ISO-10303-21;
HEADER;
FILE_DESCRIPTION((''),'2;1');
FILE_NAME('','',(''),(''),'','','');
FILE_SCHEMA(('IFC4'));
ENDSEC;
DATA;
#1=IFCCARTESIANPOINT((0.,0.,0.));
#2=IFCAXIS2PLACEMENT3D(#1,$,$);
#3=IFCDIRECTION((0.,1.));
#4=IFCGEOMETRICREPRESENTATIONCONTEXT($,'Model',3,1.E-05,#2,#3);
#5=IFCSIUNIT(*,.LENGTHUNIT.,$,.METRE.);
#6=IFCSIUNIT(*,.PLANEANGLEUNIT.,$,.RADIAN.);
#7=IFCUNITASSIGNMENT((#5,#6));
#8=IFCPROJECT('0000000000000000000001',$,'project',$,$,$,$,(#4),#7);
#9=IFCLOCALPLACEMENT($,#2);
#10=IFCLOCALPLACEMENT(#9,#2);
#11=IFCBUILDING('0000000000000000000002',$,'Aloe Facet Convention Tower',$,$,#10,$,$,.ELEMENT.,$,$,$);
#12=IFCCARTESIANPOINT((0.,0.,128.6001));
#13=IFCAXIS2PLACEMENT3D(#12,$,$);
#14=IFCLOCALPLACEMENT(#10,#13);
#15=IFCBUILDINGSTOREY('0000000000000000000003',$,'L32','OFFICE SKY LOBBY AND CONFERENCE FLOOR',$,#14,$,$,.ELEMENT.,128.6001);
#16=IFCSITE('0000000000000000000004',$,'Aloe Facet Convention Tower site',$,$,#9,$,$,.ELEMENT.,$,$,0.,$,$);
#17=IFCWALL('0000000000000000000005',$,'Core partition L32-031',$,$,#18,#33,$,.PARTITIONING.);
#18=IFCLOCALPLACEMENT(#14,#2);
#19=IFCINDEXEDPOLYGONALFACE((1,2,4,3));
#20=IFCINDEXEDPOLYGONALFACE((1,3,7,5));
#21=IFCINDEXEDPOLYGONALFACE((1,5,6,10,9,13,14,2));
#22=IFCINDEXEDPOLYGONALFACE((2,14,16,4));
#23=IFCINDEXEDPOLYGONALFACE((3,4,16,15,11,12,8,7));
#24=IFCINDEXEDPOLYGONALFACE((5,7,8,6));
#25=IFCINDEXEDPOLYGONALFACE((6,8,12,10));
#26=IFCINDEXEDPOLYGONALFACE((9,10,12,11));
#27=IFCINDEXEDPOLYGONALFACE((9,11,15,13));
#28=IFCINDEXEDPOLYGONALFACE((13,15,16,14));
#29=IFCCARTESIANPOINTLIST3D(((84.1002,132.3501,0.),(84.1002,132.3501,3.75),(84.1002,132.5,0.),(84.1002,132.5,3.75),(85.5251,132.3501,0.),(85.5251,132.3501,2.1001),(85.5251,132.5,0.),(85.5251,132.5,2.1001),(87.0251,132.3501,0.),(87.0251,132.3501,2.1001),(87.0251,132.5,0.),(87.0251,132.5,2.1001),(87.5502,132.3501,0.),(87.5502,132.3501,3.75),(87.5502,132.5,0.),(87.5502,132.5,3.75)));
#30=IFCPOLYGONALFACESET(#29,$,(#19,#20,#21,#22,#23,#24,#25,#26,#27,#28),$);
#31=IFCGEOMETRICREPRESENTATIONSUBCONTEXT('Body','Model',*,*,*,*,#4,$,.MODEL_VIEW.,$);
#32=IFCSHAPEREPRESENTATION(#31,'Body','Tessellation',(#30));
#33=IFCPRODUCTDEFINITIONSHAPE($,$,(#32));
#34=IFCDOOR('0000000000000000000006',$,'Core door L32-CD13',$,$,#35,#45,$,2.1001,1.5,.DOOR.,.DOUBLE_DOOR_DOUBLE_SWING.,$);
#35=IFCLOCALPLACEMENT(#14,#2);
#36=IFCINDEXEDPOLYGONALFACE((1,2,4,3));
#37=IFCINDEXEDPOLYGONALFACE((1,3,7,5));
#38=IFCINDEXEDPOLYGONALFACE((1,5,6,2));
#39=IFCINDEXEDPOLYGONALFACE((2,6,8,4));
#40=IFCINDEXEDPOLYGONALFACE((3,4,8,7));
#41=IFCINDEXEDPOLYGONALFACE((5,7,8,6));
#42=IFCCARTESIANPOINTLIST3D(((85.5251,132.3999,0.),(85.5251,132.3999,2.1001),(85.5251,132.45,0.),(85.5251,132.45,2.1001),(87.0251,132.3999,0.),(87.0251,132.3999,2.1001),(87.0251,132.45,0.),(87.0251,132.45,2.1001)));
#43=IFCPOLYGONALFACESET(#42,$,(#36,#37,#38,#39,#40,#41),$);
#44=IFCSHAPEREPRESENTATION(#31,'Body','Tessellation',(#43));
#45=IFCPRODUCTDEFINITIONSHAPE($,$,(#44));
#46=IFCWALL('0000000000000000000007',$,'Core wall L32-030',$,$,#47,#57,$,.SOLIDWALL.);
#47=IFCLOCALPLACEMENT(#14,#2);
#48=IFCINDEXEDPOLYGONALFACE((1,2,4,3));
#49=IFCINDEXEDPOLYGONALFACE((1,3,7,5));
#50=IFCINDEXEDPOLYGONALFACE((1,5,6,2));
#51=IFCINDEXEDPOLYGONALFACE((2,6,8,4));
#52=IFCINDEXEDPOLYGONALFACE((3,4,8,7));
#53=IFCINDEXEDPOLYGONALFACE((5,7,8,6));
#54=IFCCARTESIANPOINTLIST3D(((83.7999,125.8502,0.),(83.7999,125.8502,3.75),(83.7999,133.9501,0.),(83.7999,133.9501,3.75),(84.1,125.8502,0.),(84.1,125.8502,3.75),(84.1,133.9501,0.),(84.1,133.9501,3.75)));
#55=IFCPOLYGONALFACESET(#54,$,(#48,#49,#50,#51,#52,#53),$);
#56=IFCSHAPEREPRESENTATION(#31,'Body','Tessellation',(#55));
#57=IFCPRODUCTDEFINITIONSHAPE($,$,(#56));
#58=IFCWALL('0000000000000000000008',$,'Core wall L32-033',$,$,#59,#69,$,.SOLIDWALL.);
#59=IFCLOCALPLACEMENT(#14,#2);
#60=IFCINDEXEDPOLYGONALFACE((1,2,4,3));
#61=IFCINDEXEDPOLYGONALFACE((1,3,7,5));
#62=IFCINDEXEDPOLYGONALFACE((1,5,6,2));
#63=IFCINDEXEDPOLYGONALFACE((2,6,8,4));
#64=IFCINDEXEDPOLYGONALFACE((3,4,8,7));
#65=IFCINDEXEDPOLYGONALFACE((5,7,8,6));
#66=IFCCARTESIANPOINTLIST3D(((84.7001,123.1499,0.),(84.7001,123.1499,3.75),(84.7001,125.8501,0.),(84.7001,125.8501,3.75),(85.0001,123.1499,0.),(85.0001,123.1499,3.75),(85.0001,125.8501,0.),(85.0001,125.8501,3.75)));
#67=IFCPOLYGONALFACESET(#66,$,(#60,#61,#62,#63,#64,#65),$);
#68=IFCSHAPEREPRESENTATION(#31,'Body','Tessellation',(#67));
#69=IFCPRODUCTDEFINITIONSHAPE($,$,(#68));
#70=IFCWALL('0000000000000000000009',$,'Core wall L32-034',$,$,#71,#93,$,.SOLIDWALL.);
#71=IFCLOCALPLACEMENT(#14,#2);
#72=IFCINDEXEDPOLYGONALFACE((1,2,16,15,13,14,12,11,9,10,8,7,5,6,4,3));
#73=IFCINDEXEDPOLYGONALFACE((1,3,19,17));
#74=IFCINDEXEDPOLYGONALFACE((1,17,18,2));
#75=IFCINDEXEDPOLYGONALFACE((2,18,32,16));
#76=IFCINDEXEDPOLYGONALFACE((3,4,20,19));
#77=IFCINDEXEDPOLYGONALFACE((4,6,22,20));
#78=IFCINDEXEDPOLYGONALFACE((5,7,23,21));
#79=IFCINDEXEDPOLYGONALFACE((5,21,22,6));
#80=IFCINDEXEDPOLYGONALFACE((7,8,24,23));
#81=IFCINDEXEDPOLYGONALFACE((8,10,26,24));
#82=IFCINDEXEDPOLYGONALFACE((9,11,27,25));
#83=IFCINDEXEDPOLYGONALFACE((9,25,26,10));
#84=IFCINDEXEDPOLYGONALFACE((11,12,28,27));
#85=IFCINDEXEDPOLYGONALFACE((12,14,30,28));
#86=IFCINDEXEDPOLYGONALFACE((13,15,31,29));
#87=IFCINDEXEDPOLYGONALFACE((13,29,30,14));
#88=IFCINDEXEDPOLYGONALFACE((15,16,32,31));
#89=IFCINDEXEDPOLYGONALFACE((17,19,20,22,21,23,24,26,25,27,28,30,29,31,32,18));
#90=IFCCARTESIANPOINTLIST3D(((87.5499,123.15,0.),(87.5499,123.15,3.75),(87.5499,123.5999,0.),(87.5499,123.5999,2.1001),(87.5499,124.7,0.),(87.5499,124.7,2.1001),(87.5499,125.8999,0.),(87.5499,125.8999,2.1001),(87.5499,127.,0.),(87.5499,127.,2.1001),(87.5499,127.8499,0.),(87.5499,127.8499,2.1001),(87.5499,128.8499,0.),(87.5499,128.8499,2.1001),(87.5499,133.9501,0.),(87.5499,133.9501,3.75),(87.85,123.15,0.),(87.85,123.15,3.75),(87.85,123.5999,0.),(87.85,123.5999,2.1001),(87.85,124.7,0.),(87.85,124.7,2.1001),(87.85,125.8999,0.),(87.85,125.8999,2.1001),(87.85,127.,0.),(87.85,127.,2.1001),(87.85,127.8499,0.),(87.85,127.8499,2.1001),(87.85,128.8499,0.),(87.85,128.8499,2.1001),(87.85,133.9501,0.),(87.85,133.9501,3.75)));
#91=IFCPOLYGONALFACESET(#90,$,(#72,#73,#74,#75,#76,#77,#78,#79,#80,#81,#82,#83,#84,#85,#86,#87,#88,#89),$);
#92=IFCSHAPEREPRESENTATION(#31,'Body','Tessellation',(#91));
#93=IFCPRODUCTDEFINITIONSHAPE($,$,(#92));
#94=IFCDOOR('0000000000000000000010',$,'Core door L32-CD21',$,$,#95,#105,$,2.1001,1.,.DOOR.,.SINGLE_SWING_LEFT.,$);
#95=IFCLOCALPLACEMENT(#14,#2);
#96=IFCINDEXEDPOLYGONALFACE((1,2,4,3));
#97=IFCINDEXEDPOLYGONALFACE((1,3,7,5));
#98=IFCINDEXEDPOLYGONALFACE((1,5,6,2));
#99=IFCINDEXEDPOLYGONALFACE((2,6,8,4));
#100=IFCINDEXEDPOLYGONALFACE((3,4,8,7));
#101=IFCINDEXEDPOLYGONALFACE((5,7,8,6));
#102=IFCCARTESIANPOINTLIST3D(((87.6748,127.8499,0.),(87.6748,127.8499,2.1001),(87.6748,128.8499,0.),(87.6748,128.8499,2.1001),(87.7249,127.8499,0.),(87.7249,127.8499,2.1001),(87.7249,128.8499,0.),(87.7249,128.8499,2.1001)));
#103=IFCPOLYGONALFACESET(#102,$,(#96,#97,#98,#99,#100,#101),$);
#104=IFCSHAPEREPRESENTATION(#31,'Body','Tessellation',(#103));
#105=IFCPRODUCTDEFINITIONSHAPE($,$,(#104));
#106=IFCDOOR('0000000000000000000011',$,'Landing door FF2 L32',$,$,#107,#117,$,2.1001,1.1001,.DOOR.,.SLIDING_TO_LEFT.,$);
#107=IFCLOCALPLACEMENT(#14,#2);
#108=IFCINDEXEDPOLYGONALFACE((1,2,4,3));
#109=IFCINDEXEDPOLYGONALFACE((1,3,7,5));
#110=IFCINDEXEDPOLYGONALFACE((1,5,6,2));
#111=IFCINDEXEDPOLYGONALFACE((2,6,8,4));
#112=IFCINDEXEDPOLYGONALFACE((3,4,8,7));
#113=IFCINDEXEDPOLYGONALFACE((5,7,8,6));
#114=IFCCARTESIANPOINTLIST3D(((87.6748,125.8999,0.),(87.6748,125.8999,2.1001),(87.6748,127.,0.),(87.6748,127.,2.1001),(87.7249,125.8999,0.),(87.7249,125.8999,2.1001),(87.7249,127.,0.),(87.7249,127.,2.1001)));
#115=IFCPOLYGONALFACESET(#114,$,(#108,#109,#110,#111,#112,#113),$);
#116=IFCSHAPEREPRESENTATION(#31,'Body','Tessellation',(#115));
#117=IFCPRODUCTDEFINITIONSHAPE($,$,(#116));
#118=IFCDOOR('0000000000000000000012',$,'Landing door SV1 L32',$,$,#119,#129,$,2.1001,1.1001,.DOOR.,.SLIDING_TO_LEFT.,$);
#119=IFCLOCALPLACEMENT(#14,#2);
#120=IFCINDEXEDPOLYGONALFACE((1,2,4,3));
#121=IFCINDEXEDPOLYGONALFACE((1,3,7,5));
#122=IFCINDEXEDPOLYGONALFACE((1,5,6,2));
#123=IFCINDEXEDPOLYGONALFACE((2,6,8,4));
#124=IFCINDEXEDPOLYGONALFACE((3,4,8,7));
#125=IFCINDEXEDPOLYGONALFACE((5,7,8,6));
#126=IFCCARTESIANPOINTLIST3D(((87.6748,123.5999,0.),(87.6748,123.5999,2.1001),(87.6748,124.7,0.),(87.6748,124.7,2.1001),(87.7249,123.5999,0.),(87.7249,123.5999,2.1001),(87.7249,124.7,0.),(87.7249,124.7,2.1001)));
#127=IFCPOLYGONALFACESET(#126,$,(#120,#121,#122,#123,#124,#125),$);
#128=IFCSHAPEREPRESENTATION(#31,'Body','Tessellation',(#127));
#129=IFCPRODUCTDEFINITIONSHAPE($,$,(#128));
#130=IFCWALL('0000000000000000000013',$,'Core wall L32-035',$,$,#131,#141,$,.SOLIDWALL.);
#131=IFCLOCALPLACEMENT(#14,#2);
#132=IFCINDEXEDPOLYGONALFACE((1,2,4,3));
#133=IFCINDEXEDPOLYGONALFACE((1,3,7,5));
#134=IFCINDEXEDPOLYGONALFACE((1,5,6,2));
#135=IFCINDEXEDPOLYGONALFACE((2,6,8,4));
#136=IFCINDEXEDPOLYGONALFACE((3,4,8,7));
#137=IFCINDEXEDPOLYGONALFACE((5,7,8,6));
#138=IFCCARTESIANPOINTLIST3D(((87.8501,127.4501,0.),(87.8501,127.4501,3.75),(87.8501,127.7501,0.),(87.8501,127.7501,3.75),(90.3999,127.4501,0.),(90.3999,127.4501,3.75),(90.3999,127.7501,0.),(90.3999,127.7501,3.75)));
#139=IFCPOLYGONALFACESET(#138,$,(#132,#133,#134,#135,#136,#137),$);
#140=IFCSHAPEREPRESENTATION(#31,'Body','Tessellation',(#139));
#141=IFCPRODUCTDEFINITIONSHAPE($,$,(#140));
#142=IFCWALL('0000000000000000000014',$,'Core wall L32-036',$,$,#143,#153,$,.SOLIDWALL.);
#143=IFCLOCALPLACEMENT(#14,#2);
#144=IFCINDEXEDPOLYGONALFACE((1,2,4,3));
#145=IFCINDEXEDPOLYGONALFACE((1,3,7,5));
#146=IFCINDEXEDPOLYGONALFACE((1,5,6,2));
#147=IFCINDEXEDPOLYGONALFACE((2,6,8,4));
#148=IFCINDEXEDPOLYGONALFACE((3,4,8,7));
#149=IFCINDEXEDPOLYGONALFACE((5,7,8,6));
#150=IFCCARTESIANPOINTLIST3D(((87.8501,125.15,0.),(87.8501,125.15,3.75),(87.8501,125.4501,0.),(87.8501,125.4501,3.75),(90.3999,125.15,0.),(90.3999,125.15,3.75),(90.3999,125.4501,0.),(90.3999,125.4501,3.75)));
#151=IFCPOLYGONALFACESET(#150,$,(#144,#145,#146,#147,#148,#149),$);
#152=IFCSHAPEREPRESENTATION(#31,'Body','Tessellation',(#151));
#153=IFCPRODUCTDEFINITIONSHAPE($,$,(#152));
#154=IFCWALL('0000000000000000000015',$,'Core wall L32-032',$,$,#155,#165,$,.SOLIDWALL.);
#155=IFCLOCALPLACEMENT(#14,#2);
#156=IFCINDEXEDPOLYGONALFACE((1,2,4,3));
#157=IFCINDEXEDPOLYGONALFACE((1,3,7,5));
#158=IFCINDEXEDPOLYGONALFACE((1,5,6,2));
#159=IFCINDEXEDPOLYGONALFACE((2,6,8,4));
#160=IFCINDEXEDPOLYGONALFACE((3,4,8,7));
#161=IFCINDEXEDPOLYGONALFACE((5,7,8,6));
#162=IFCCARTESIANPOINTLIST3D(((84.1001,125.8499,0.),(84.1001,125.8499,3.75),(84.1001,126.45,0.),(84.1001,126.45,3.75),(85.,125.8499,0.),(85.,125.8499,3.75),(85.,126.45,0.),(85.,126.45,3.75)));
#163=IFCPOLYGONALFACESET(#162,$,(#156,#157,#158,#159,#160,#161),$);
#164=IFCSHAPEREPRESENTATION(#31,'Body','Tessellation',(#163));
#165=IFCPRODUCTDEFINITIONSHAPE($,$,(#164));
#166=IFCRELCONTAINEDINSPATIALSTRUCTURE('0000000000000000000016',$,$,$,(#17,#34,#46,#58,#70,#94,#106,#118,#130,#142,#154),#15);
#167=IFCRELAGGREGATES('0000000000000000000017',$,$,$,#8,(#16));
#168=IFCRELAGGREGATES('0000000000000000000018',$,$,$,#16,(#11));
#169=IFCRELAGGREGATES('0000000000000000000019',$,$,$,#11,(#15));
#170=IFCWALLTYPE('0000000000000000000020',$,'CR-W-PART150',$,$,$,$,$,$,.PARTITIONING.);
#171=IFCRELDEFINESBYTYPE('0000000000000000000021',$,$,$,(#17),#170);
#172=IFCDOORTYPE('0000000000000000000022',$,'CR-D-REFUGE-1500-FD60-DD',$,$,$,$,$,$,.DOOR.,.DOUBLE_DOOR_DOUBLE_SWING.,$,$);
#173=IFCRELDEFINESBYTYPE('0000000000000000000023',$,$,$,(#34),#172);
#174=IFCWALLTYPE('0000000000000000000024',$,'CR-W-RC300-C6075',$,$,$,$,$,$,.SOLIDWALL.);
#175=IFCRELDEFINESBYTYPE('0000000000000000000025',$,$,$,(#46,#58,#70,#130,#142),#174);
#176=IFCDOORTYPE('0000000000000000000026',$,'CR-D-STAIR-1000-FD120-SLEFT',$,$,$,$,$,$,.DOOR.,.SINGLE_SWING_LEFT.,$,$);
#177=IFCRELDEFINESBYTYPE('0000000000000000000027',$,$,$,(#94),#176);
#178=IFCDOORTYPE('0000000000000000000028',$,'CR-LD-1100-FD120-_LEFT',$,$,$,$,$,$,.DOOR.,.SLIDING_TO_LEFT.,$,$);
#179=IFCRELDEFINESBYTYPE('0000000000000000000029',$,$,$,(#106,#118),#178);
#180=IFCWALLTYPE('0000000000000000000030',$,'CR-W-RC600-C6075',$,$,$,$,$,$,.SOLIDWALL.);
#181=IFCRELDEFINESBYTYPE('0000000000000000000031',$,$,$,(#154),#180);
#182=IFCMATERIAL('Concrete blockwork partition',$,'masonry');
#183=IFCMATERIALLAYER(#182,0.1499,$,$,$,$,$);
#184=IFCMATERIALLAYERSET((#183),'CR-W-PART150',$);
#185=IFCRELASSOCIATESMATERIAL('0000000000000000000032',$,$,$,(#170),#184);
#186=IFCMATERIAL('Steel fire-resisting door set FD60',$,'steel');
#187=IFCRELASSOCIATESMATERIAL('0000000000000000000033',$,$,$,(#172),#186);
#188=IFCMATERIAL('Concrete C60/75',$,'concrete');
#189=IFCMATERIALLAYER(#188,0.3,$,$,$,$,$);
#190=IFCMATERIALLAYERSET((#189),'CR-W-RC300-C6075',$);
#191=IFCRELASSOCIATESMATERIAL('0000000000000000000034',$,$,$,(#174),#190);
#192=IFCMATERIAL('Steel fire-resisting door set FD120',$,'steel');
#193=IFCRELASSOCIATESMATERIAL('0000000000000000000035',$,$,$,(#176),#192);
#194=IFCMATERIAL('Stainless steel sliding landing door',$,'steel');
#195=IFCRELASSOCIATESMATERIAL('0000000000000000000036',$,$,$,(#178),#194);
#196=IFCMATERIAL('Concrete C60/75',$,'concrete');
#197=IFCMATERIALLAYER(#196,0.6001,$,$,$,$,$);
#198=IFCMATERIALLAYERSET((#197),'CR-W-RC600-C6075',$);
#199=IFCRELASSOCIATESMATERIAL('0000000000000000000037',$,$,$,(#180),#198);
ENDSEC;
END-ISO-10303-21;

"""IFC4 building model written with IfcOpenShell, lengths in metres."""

from ifc_helpers import new_model, si_unit, direction, frame, frame_2d, origin, place, context, subcontext, project, spatial, rectangle, extrude, material, layer, layer_set, type_object, element, fill, save


model = new_model("IFC4")

# Units and contexts
model_context = context("Model", 3, precision=1e-05, world=origin(), true_north=direction((0.0, 1.0)))
body_context = subcontext(model_context, "Body", "Model", "MODEL_VIEW")
ifc_project = project(units=[si_unit("LENGTHUNIT", "METRE"), si_unit("PLANEANGLEUNIT", "RADIAN")], contexts=[model_context])

# Site, building, storey
site_placement = place(None, origin())
site = spatial("IfcSite", under=ifc_project, at=site_placement, Name="Aloe Facet Convention Tower site", CompositionType="ELEMENT", RefElevation=0.0)
building_placement = place(site_placement, origin())
building = spatial("IfcBuilding", under=site, at=building_placement, Name="Aloe Facet Convention Tower", CompositionType="ELEMENT")
storey_placement = place(building_placement, frame((0.0, 0.0, 128.6001)))
storey = spatial("IfcBuildingStorey", under=building, at=storey_placement, Name="L32", Description="OFFICE SKY LOBBY AND CONFERENCE FLOOR", CompositionType="ELEMENT", Elevation=128.6001)

# Wall, opening, door
ifc_material_1 = material(Name="Concrete blockwork partition", Category="masonry")
ifc_layer_1 = layer(ifc_material_1, 0.1499)
ifc_layer_set_1 = layer_set([ifc_layer_1], Name="CR-W-PART150")
wall_type_1 = type_object("IfcWallType", Name="CR-W-PART150", PredefinedType="PARTITIONING", material=ifc_layer_set_1)
wall_1_placement = place(storey_placement, frame((84.1001, 132.425, 0.0), z_axis=(0.0, 0.0, 1.0), x_axis=(1.0, 0.0, 0.0)))
wall_1 = element("IfcWall", 1, at=wall_1_placement, inside=storey, type_object=wall_type_1, Name="Core partition L32-031", PredefinedType="PARTITIONING", context=body_context, shape_type="SweptSolid", body=[
    extrude(rectangle(XDim=3.45, YDim=0.1499, at=frame_2d((1.7251, 0.0))), origin(), (0.0, 0.0, 1.0), 3.75),
])
opening_1_placement = place(wall_1_placement, frame((1.425, 0.0, 0.0)))
opening_1 = element("IfcOpeningElement", 2, at=opening_1_placement, cuts=wall_1, PredefinedType="OPENING", context=body_context, shape_type="SweptSolid", body=[
    extrude(rectangle(XDim=1.5, YDim=2.1001, at=frame_2d((0.75, 1.05))), frame((0.0, 0.085, 0.0), z_axis=(0.0, -1.0, 0.0), x_axis=(1.0, 0.0, 0.0)), (0.0, 0.0, 1.0), 0.1699),
])
ifc_material_2 = material(Name="Steel fire-resisting door set FD60", Category="steel")
door_type_1 = type_object("IfcDoorType", Name="CR-D-REFUGE-1500-FD60-DD", OperationType="DOUBLE_DOOR_DOUBLE_SWING", PredefinedType="DOOR", material=ifc_material_2)
door_1_placement = place(opening_1_placement, origin())
door_1 = element("IfcDoor", 3, at=door_1_placement, inside=storey, type_object=door_type_1, Name="Core door L32-CD13", OperationType="DOUBLE_DOOR_DOUBLE_SWING", OverallHeight=2.1001, OverallWidth=1.5, PredefinedType="DOOR", context=body_context, shape_type="SweptSolid", body=[
    extrude(rectangle(XDim=1.5, YDim=2.1001, at=frame_2d((0.75, 1.05))), frame((0.0, 0.0249, 0.0), z_axis=(0.0, -1.0, 0.0), x_axis=(1.0, 0.0, 0.0)), (0.0, 0.0, 1.0), 0.05),
])
fill(opening_1, door_1)

# Walls
ifc_material_3 = material(Name="Concrete C60/75", Category="concrete")
ifc_layer_2 = layer(ifc_material_3, 0.3)
ifc_layer_set_2 = layer_set([ifc_layer_2], Name="CR-W-RC300-C6075")
wall_type_2 = type_object("IfcWallType", Name="CR-W-RC300-C6075", PredefinedType="SOLIDWALL", material=ifc_layer_set_2)
wall_2_placement = place(storey_placement, frame((83.95, 133.95, 0.0), z_axis=(0.0, 0.0, 1.0), x_axis=(0.0, -1.0, 0.0)))
element("IfcWall", 4, at=wall_2_placement, inside=storey, type_object=wall_type_2, Name="Core wall L32-030", PredefinedType="SOLIDWALL", context=body_context, shape_type="SweptSolid", body=[
    extrude(rectangle(XDim=8.0999, YDim=0.3, at=frame_2d((4.0498, 0.0))), origin(), (0.0, 0.0, 1.0), 3.75),
])
wall_3_placement = place(storey_placement, frame((84.8501, 125.8501, 0.0), z_axis=(0.0, 0.0, 1.0), x_axis=(0.0, -1.0, 0.0)))
element("IfcWall", 5, at=wall_3_placement, inside=storey, type_object=wall_type_2, Name="Core wall L32-033", PredefinedType="SOLIDWALL", context=body_context, shape_type="SweptSolid", body=[
    extrude(rectangle(XDim=2.7002, YDim=0.3, at=frame_2d((1.3501, 0.0))), origin(), (0.0, 0.0, 1.0), 3.75),
])

# Wall, openings, doors
wall_4_placement = place(storey_placement, frame((87.7, 133.95, 0.0), z_axis=(0.0, 0.0, 1.0), x_axis=(0.0, -1.0, 0.0)))
wall_4 = element("IfcWall", 6, at=wall_4_placement, inside=storey, type_object=wall_type_2, Name="Core wall L32-034", PredefinedType="SOLIDWALL", context=body_context, shape_type="SweptSolid", body=[
    extrude(rectangle(XDim=10.8, YDim=0.3, at=frame_2d((5.3999, 0.0))), origin(), (0.0, 0.0, 1.0), 3.75),
])
opening_2_placement = place(wall_4_placement, frame((6.95, 0.0, 0.0)))
opening_2 = element("IfcOpeningElement", 7, at=opening_2_placement, cuts=wall_4, PredefinedType="OPENING", context=body_context, shape_type="SweptSolid", body=[
    extrude(rectangle(XDim=1.1001, YDim=2.1001, at=frame_2d((0.55, 1.05))), frame((0.0, 0.1602, 0.0), z_axis=(0.0, -1.0, 0.0), x_axis=(1.0, 0.0, 0.0)), (0.0, 0.0, 1.0), 0.3201),
])
opening_3_placement = place(wall_4_placement, frame((5.1001, 0.0, 0.0)))
opening_3 = element("IfcOpeningElement", 8, at=opening_3_placement, cuts=wall_4, PredefinedType="OPENING", context=body_context, shape_type="SweptSolid", body=[
    extrude(rectangle(XDim=1.0, YDim=2.1001, at=frame_2d((0.5, 1.05))), frame((0.0, 0.1602, 0.0), z_axis=(0.0, -1.0, 0.0), x_axis=(1.0, 0.0, 0.0)), (0.0, 0.0, 1.0), 0.3201),
])
opening_4_placement = place(wall_4_placement, frame((9.25, 0.0, 0.0)))
opening_4 = element("IfcOpeningElement", 9, at=opening_4_placement, cuts=wall_4, PredefinedType="OPENING", context=body_context, shape_type="SweptSolid", body=[
    extrude(rectangle(XDim=1.1001, YDim=2.1001, at=frame_2d((0.55, 1.05))), frame((0.0, 0.1602, 0.0), z_axis=(0.0, -1.0, 0.0), x_axis=(1.0, 0.0, 0.0)), (0.0, 0.0, 1.0), 0.3201),
])
ifc_material_4 = material(Name="Steel fire-resisting door set FD120", Category="steel")
door_type_2 = type_object("IfcDoorType", Name="CR-D-STAIR-1000-FD120-SLEFT", OperationType="SINGLE_SWING_LEFT", PredefinedType="DOOR", material=ifc_material_4)
door_2_placement = place(opening_3_placement, origin())
door_2 = element("IfcDoor", 10, at=door_2_placement, inside=storey, type_object=door_type_2, Name="Core door L32-CD21", OperationType="SINGLE_SWING_LEFT", OverallHeight=2.1001, OverallWidth=1.0, PredefinedType="DOOR", context=body_context, shape_type="SweptSolid", body=[
    extrude(rectangle(XDim=1.0, YDim=2.1001, at=frame_2d((0.5, 1.05))), frame((0.0, 0.0249, 0.0), z_axis=(0.0, -1.0, 0.0), x_axis=(1.0, 0.0, 0.0)), (0.0, 0.0, 1.0), 0.05),
])
fill(opening_3, door_2)
ifc_material_5 = material(Name="Stainless steel sliding landing door", Category="steel")
door_type_3 = type_object("IfcDoorType", Name="CR-LD-1100-FD120-_LEFT", OperationType="SLIDING_TO_LEFT", PredefinedType="DOOR", material=ifc_material_5)
door_3_placement = place(opening_2_placement, origin())
door_3 = element("IfcDoor", 11, at=door_3_placement, inside=storey, type_object=door_type_3, Name="Landing door FF2 L32", OperationType="SLIDING_TO_LEFT", OverallHeight=2.1001, OverallWidth=1.1001, PredefinedType="DOOR", context=body_context, shape_type="SweptSolid", body=[
    extrude(rectangle(XDim=1.1001, YDim=2.1001, at=frame_2d((0.55, 1.05))), frame((0.0, 0.0249, 0.0), z_axis=(0.0, -1.0, 0.0), x_axis=(1.0, 0.0, 0.0)), (0.0, 0.0, 1.0), 0.05),
])
fill(opening_2, door_3)
door_4_placement = place(opening_4_placement, origin())
door_4 = element("IfcDoor", 12, at=door_4_placement, inside=storey, type_object=door_type_3, Name="Landing door SV1 L32", OperationType="SLIDING_TO_LEFT", OverallHeight=2.1001, OverallWidth=1.1001, PredefinedType="DOOR", context=body_context, shape_type="SweptSolid", body=[
    extrude(rectangle(XDim=1.1001, YDim=2.1001, at=frame_2d((0.55, 1.05))), frame((0.0, 0.0249, 0.0), z_axis=(0.0, -1.0, 0.0), x_axis=(1.0, 0.0, 0.0)), (0.0, 0.0, 1.0), 0.05),
])
fill(opening_4, door_4)

# Walls
for number, where, z_axis, x_axis, name in (
    (13, (87.8501, 127.6001, 0.0), (0.0, 0.0, 1.0), (1.0, 0.0, 0.0), "Core wall L32-035"),
    (14, (87.8501, 125.3, 0.0), (0.0, 0.0, 1.0), (1.0, 0.0, 0.0), "Core wall L32-036"),
):
    element("IfcWall", number, at=place(storey_placement, frame(where, z_axis=z_axis, x_axis=x_axis)), inside=storey, type_object=wall_type_2, Name=name, PredefinedType="SOLIDWALL", context=body_context, shape_type="SweptSolid", body=[
        extrude(rectangle(XDim=2.5498, YDim=0.3, at=frame_2d((1.2749, 0.0))), origin(), (0.0, 0.0, 1.0), 3.75),
    ])
ifc_material_6 = material(Name="Concrete C60/75", Category="concrete")
ifc_layer_3 = layer(ifc_material_6, 0.6001)
ifc_layer_set_3 = layer_set([ifc_layer_3], Name="CR-W-RC600-C6075")
wall_type_3 = type_object("IfcWallType", Name="CR-W-RC600-C6075", PredefinedType="SOLIDWALL", material=ifc_layer_set_3)
wall_5_placement = place(storey_placement, frame((84.1001, 126.1499, 0.0), z_axis=(0.0, 0.0, 1.0), x_axis=(1.0, 0.0, 0.0)))
element("IfcWall", 15, at=wall_5_placement, inside=storey, type_object=wall_type_3, Name="Core wall L32-032", PredefinedType="SOLIDWALL", context=body_context, shape_type="SweptSolid", body=[
    extrude(rectangle(XDim=0.8999, YDim=0.6001, at=frame_2d((0.45, 0.0))), origin(), (0.0, 0.0, 1.0), 3.75),
])

save(model, "model.ifc")
